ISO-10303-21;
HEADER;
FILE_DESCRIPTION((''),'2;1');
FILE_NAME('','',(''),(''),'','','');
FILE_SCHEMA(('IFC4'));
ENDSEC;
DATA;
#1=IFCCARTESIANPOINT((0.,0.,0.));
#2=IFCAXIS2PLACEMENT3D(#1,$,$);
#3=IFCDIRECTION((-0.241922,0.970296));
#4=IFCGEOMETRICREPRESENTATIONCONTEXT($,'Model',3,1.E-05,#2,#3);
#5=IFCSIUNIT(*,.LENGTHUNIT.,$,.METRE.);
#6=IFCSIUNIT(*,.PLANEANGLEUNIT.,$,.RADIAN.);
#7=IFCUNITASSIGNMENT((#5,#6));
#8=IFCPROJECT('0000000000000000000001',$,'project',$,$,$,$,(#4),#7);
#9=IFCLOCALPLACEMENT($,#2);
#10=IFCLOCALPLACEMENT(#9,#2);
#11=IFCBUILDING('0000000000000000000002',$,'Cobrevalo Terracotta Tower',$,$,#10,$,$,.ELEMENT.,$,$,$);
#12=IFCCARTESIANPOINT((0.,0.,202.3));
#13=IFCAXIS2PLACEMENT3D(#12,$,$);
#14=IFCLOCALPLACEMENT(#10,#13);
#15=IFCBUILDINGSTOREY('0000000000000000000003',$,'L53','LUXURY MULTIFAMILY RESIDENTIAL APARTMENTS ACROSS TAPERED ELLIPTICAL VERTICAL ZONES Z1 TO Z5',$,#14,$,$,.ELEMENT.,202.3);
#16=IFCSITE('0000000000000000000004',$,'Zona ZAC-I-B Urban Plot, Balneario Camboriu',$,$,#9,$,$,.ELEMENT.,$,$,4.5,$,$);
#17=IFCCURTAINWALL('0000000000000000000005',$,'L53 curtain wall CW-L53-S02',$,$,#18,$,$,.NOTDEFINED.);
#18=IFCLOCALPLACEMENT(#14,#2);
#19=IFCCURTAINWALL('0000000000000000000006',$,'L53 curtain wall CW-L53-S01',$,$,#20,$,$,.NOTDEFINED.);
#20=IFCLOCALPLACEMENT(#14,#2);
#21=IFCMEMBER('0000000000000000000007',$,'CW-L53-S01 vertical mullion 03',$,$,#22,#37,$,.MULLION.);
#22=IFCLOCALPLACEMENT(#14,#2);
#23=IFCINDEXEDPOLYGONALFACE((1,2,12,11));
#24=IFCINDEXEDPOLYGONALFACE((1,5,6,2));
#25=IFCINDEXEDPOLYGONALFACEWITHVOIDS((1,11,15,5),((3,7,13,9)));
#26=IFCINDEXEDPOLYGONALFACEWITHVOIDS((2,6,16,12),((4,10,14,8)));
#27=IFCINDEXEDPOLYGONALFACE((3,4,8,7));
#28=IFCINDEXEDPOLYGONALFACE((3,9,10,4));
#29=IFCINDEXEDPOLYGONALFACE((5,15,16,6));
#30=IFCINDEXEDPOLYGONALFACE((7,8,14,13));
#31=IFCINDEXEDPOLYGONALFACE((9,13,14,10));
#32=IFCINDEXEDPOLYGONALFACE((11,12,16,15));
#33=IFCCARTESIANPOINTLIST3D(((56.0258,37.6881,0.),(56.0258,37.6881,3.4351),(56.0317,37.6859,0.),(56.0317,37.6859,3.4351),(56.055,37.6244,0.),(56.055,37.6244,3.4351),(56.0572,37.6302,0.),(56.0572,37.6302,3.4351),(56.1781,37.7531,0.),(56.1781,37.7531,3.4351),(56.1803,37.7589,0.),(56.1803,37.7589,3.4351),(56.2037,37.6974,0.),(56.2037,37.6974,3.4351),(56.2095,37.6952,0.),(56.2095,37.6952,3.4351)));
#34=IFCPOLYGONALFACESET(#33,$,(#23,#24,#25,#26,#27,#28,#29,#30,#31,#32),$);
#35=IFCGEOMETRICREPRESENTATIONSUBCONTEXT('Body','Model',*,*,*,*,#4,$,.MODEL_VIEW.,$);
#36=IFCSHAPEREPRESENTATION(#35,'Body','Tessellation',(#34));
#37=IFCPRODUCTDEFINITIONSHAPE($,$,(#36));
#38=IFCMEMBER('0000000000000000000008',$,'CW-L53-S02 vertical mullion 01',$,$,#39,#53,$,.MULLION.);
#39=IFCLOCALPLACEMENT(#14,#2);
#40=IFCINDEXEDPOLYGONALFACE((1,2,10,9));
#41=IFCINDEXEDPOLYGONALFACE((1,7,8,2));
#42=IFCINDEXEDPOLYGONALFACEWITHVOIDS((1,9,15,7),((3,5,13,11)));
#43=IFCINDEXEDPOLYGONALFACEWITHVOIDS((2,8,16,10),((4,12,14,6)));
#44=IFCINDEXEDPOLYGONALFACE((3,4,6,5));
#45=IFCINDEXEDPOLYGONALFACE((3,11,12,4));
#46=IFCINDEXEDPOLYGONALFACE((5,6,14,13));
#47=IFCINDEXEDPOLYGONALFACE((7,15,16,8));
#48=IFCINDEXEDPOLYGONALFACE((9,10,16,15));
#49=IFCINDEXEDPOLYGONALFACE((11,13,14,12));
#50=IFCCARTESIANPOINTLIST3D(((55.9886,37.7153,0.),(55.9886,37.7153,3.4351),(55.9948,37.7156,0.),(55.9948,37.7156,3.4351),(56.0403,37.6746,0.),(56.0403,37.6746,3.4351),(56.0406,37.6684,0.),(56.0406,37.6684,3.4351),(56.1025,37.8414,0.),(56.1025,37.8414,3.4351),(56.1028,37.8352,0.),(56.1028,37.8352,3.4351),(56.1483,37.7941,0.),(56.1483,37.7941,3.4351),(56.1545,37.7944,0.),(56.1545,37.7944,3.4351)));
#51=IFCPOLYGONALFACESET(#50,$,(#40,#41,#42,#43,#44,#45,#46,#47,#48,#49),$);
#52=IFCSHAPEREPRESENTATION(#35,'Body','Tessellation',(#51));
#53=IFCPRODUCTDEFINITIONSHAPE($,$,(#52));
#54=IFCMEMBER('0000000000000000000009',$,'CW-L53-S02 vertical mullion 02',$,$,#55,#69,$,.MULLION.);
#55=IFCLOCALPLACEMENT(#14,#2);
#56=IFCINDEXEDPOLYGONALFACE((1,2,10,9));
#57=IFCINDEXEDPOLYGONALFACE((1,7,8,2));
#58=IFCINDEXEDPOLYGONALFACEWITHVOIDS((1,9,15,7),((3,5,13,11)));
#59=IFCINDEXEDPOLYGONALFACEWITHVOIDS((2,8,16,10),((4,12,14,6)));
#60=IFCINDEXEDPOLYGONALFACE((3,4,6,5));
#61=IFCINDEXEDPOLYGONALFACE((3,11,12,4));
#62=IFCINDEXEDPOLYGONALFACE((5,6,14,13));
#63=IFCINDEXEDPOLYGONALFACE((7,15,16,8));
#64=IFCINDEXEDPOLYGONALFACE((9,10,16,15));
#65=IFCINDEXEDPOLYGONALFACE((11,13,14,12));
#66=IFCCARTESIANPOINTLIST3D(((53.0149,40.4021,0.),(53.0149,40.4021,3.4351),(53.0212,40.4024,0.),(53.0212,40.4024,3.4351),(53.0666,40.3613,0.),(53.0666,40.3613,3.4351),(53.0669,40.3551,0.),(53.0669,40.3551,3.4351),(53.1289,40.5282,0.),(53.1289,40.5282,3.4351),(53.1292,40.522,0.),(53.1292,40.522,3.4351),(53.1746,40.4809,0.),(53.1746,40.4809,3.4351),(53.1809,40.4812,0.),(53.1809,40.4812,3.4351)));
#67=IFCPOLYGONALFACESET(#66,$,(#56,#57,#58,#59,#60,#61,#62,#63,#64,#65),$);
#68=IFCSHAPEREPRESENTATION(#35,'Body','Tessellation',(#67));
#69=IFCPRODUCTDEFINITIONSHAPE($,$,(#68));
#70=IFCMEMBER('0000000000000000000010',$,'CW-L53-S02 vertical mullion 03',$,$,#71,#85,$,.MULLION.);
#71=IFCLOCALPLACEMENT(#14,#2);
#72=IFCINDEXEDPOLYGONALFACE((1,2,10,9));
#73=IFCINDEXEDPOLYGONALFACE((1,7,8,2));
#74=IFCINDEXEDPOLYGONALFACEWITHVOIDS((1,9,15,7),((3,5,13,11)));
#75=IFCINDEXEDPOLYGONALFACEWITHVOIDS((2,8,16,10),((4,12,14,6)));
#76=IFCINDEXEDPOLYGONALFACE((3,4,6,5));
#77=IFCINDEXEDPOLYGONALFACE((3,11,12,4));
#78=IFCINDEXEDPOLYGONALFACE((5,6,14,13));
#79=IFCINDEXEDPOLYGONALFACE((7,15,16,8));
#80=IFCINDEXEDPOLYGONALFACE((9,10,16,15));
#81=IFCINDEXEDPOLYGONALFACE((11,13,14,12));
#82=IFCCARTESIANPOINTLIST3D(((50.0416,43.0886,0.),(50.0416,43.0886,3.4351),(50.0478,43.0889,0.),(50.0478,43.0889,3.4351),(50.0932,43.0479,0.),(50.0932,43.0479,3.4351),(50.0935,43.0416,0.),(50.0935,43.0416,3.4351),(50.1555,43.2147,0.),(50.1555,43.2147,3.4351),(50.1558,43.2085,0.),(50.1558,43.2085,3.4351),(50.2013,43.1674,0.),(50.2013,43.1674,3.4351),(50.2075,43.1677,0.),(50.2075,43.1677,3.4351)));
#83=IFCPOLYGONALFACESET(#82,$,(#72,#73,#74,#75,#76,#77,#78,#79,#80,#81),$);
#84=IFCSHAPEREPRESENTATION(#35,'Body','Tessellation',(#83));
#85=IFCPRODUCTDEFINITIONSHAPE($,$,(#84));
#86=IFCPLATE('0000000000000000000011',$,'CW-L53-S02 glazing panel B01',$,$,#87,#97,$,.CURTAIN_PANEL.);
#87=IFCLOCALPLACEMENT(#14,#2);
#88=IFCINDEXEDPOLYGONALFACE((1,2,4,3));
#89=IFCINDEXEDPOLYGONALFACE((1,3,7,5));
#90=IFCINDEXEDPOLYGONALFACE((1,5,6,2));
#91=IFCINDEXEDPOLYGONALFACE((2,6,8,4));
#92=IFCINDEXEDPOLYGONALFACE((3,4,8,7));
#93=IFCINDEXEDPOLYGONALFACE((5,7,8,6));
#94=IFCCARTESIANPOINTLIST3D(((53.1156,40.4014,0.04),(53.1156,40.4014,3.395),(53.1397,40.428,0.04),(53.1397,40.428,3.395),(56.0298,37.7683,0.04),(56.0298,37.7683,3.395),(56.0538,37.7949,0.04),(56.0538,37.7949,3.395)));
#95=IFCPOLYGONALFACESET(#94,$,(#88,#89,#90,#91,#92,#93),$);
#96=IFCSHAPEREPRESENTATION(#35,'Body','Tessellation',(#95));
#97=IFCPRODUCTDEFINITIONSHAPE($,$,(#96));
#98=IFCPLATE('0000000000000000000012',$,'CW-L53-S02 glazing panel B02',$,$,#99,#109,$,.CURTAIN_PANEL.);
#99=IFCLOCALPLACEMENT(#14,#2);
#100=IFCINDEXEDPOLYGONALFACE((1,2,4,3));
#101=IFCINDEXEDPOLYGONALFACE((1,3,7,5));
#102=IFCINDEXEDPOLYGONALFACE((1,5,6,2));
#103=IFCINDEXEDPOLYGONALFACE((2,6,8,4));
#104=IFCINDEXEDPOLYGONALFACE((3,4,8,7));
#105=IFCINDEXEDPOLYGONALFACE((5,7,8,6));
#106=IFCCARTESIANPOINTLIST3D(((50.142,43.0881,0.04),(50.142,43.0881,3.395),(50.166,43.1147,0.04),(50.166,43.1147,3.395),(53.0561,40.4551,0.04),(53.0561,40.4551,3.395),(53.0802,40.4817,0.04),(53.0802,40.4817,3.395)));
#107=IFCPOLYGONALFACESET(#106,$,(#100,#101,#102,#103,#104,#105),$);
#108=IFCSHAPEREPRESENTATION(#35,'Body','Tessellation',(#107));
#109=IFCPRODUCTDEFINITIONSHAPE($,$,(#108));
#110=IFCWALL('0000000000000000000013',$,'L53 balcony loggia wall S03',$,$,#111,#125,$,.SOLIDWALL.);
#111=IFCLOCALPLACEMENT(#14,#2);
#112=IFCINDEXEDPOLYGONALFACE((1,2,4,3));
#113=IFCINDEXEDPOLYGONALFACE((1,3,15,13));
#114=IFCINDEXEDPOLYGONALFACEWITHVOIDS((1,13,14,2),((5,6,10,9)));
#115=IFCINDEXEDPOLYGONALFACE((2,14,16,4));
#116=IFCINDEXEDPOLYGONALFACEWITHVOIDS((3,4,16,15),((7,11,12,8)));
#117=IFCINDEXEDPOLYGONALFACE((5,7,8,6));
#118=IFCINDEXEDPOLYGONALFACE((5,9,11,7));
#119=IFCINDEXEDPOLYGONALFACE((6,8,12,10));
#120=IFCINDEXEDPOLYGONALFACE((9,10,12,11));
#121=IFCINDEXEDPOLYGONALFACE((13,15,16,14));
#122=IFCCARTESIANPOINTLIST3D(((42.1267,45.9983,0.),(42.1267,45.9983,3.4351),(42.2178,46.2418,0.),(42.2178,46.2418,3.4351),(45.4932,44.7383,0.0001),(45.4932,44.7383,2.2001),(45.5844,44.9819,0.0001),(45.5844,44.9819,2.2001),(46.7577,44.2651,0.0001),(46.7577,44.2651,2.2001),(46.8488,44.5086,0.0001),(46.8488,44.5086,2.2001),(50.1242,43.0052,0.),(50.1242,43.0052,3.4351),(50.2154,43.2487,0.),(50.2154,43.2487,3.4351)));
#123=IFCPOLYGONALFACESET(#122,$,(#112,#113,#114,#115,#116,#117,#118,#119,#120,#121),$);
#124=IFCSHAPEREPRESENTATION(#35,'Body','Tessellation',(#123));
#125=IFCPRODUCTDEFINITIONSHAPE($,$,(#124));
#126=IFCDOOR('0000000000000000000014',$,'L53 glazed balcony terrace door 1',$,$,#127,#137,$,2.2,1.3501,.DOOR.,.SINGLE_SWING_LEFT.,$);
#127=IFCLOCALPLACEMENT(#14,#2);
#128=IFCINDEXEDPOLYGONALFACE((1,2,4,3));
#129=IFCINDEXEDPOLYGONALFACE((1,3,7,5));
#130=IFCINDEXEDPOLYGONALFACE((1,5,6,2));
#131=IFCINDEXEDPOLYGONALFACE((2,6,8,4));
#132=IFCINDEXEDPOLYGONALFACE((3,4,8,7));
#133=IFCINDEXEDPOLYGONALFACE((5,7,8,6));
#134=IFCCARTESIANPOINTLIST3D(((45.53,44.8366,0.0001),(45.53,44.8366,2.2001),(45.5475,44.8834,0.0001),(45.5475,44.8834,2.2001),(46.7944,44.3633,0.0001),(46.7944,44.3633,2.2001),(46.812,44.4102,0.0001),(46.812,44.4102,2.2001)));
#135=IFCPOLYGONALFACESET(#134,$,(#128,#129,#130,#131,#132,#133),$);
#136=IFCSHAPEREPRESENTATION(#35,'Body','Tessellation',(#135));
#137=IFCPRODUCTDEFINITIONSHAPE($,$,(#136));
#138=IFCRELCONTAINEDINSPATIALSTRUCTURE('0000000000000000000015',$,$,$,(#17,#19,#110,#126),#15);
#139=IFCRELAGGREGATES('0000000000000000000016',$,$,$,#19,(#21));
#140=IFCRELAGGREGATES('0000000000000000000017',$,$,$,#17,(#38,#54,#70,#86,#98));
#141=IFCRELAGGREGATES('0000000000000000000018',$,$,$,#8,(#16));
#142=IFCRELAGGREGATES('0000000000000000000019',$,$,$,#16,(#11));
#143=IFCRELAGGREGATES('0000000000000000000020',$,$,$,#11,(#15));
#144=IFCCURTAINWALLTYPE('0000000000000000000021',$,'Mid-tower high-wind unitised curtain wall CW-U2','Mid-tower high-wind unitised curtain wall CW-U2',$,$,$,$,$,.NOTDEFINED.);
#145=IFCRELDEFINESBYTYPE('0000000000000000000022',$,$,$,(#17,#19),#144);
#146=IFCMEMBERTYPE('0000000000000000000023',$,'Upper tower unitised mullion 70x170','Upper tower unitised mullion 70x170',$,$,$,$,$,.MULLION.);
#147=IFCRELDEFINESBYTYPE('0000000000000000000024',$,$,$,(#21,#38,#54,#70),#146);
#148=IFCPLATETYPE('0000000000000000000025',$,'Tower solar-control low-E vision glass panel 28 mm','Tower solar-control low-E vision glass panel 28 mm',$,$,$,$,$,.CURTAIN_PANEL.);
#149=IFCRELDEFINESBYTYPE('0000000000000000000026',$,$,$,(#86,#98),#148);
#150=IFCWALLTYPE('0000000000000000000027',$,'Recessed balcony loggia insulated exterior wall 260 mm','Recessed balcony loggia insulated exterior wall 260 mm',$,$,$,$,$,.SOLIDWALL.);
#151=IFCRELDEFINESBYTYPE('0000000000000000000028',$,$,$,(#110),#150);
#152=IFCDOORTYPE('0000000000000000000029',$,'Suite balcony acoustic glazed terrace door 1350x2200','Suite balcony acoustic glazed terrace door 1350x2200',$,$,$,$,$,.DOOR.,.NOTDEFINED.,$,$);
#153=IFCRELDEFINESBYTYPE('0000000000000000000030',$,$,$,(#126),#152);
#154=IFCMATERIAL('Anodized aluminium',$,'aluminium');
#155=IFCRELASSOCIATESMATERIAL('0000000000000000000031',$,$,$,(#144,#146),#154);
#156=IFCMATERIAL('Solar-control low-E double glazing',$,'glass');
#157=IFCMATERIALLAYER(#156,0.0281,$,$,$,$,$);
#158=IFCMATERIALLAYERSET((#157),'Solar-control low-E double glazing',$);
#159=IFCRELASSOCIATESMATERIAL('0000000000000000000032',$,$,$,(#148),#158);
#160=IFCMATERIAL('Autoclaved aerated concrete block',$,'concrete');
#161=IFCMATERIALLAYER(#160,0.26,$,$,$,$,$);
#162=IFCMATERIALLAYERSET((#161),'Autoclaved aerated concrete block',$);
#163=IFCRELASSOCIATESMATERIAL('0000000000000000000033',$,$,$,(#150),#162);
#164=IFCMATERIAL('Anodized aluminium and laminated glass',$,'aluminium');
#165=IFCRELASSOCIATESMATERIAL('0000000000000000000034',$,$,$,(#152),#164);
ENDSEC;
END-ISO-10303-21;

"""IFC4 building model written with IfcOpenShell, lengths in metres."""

from ifc_helpers import new_model, si_unit, direction, frame, frame_2d, origin, origin_2d, place, context, subcontext, project, spatial, rectangle, hollow_rectangle, extrude, source, transform, mapped, material, layer, layer_set, material_profile, profile_set, type_object, element, fill, aggregate, save


model = new_model("IFC4")

# Units and contexts
model_context = context("Model", 3, precision=1e-05, world=origin(), true_north=direction((-0.241922, 0.970296)))
body_context = subcontext(model_context, "Body", "Model", "MODEL_VIEW")
ifc_project = project(units=[si_unit("LENGTHUNIT", "METRE"), si_unit("PLANEANGLEUNIT", "RADIAN")], contexts=[model_context])

# Site, building, storey
site_placement = place(None, origin())
site = spatial("IfcSite", under=ifc_project, at=site_placement, Name="Zona ZAC-I-B Urban Plot, Balneario Camboriu", CompositionType="ELEMENT", RefElevation=4.5)
building_placement = place(site_placement, origin())
building = spatial("IfcBuilding", under=site, at=building_placement, Name="Cobrevalo Terracotta Tower", CompositionType="ELEMENT")
storey_placement = place(building_placement, frame((0.0, 0.0, 202.3)))
storey = spatial("IfcBuildingStorey", under=building, at=storey_placement, Name="L53", Description="LUXURY MULTIFAMILY RESIDENTIAL APARTMENTS ACROSS TAPERED ELLIPTICAL VERTICAL ZONES Z1 TO Z5", CompositionType="ELEMENT", Elevation=202.3)

# Curtain wall
ifc_material_1 = material(Name="Anodized aluminium", Category="aluminium")
curtain_wall_type = type_object("IfcCurtainWallType", Name="Mid-tower high-wind unitised curtain wall CW-U2", Description="Mid-tower high-wind unitised curtain wall CW-U2", PredefinedType="NOTDEFINED", material=ifc_material_1)
curtain_wall_1_placement = place(storey_placement, origin())
curtain_wall_1 = element("IfcCurtainWall", 1, at=curtain_wall_1_placement, inside=storey, type_object=curtain_wall_type, Name="L53 curtain wall CW-L53-S02", PredefinedType="NOTDEFINED")

# Curtain wall, member
curtain_wall_2_placement = place(storey_placement, origin())
curtain_wall_2 = element("IfcCurtainWall", 2, at=curtain_wall_2_placement, inside=storey, type_object=curtain_wall_type, Name="L53 curtain wall CW-L53-S01", PredefinedType="NOTDEFINED")
ifc_material_profile_1 = material_profile(ifc_material_1, hollow_rectangle(XDim=0.0701, YDim=0.1699, WallThickness=0.0044, at=origin_2d()), Name="CWM 70x170")
ifc_profile_set_1 = profile_set([ifc_material_profile_1], Name="Anodized aluminium")
member_type_1 = type_object("IfcMemberType", Name="Upper tower unitised mullion 70x170", Description="Upper tower unitised mullion 70x170", PredefinedType="MULLION", material=ifc_profile_set_1)
shared_shape_1 = source(origin(), body_context, "Body", "SweptSolid", [
    extrude(hollow_rectangle(XDim=0.0701, YDim=0.1699, WallThickness=0.0044, at=origin_2d()), origin(), (0.0, 0.0, 1.0), 3.4351),
])
member_1_placement = place(storey_placement, frame((56.1177, 37.6917, 0.0), z_axis=(0.0, 0.0, 1.0), x_axis=(-0.416725, 0.909033, 0.0)))
member_1 = element("IfcMember", 3, at=member_1_placement, type_object=member_type_1, Name="CW-L53-S01 vertical mullion 03", PredefinedType="MULLION", context=body_context, shape_type="MappedRepresentation", body=[
    mapped(shared_shape_1, transform((0.0, 0.0, 0.0), scale=1.0)),
])
aggregate(curtain_wall_2, [member_1])

# Members
member_2_placement = place(storey_placement, frame((56.0715, 37.7549, 0.0), z_axis=(0.0, 0.0, 1.0), x_axis=(-0.741988, 0.670414, 0.0)))
member_2 = element("IfcMember", 4, at=member_2_placement, type_object=member_type_1, Name="CW-L53-S02 vertical mullion 01", PredefinedType="MULLION", context=body_context, shape_type="MappedRepresentation", body=[
    mapped(shared_shape_1, transform((0.0, 0.0, 0.0), scale=1.0)),
])
member_3_placement = place(storey_placement, frame((53.0979, 40.4417, 0.0), z_axis=(0.0, 0.0, 1.0), x_axis=(-0.741988, 0.670414, 0.0)))
member_3 = element("IfcMember", 5, at=member_3_placement, type_object=member_type_1, Name="CW-L53-S02 vertical mullion 02", PredefinedType="MULLION", context=body_context, shape_type="MappedRepresentation", body=[
    mapped(shared_shape_1, transform((0.0, 0.0, 0.0), scale=1.0)),
])
member_4_placement = place(storey_placement, frame((50.1245, 43.1282, 0.0), z_axis=(0.0, 0.0, 1.0), x_axis=(-0.741988, 0.670414, 0.0)))
member_4 = element("IfcMember", 6, at=member_4_placement, type_object=member_type_1, Name="CW-L53-S02 vertical mullion 03", PredefinedType="MULLION", context=body_context, shape_type="MappedRepresentation", body=[
    mapped(shared_shape_1, transform((0.0, 0.0, 0.0), scale=1.0)),
])

# Plates
ifc_material_2 = material(Name="Solar-control low-E double glazing", Category="glass")
ifc_layer_1 = layer(ifc_material_2, 0.0281)
ifc_layer_set_1 = layer_set([ifc_layer_1], Name="Solar-control low-E double glazing")
plate_type = type_object("IfcPlateType", Name="Tower solar-control low-E vision glass panel 28 mm", Description="Tower solar-control low-E vision glass panel 28 mm", PredefinedType="CURTAIN_PANEL", material=ifc_layer_set_1)
shared_shape_2 = source(origin(), body_context, "Body", "SweptSolid", [
    extrude(rectangle(XDim=3.9275, YDim=0.0359, at=origin_2d()), origin(), (0.0, 0.0, 1.0), 3.355),
])
plate_1_placement = place(storey_placement, frame((54.5847, 39.0981, 0.04), z_axis=(0.0, 0.0, 1.0), x_axis=(-0.741988, 0.670414, 0.0)))
plate_1 = element("IfcPlate", 7, at=plate_1_placement, type_object=plate_type, Name="CW-L53-S02 glazing panel B01", PredefinedType="CURTAIN_PANEL", context=body_context, shape_type="MappedRepresentation", body=[
    mapped(shared_shape_2, transform((0.0, 0.0, 0.0), scale=1.0)),
])
plate_2_placement = place(storey_placement, frame((51.6111, 41.7849, 0.04), z_axis=(0.0, 0.0, 1.0), x_axis=(-0.741988, 0.670414, 0.0)))
plate_2 = element("IfcPlate", 8, at=plate_2_placement, type_object=plate_type, Name="CW-L53-S02 glazing panel B02", PredefinedType="CURTAIN_PANEL", context=body_context, shape_type="MappedRepresentation", body=[
    mapped(shared_shape_2, transform((0.0, 0.0, 0.0), scale=1.0)),
])
aggregate(curtain_wall_1, [member_2, member_3, member_4, plate_1, plate_2])

# Wall, opening, door
ifc_material_3 = material(Name="Autoclaved aerated concrete block", Category="concrete")
ifc_layer_2 = layer(ifc_material_3, 0.26)
ifc_layer_set_2 = layer_set([ifc_layer_2], Name="Autoclaved aerated concrete block")
wall_type_1 = type_object("IfcWallType", Name="Recessed balcony loggia insulated exterior wall 260 mm", Description="Recessed balcony loggia insulated exterior wall 260 mm", PredefinedType="SOLIDWALL", material=ifc_layer_set_2)
wall_1_placement = place(storey_placement, frame((50.1697, 43.127, 0.0), z_axis=(0.0, 0.0, 1.0), x_axis=(-0.936557, 0.350516, 0.0)))
wall_1 = element("IfcWall", 9, at=wall_1_placement, inside=storey, type_object=wall_type_1, Name="L53 balcony loggia wall S03", PredefinedType="SOLIDWALL", context=body_context, shape_type="SweptSolid", body=[
    extrude(rectangle(XDim=8.5393, YDim=0.26, at=frame_2d((4.2695, 0.0))), origin(), (0.0, 0.0, 1.0), 3.4351),
])
opening_1_placement = place(wall_1_placement, frame((3.5945, 0.0, 0.0)))
opening_1 = element("IfcOpeningElement", 10, at=opening_1_placement, cuts=wall_1, PredefinedType="OPENING", context=body_context, shape_type="SweptSolid", body=[
    extrude(rectangle(XDim=1.3501, YDim=2.2, at=frame_2d((0.675, 1.1001))), frame((0.0, 0.1401, 0.0), z_axis=(0.0, -1.0, 0.0), x_axis=(1.0, 0.0, 0.0)), (0.0, 0.0, 1.0), 0.28),
])
ifc_material_4 = material(Name="Anodized aluminium and laminated glass", Category="aluminium")
door_type_1 = type_object("IfcDoorType", Name="Suite balcony acoustic glazed terrace door 1350x2200", Description="Suite balcony acoustic glazed terrace door 1350x2200", OperationType="NOTDEFINED", PredefinedType="DOOR", material=ifc_material_4)
shared_shape_3 = source(origin(), body_context, "Body", "SweptSolid", [
    extrude(rectangle(XDim=1.3501, YDim=2.2, at=frame_2d((0.675, 1.1001))), frame((0.0, 0.0249, 0.0), z_axis=(0.0, -1.0, 0.0), x_axis=(1.0, 0.0, 0.0)), (0.0, 0.0, 1.0), 0.05),
])
door_1_placement = place(opening_1_placement, frame((1.3501, 0.0, 0.0), z_axis=(0.0, 0.0, 1.0), x_axis=(-1.0, 0.0, 0.0)))
door_1 = element("IfcDoor", 11, at=door_1_placement, inside=storey, type_object=door_type_1, Name="L53 glazed balcony terrace door 1", OperationType="SINGLE_SWING_LEFT", OverallHeight=2.2, OverallWidth=1.3501, PredefinedType="DOOR", context=body_context, shape_type="MappedRepresentation", body=[
    mapped(shared_shape_3, transform((0.0, 0.0, 0.0), scale=1.0)),
])
fill(opening_1, door_1)

save(model, "model.ifc")
